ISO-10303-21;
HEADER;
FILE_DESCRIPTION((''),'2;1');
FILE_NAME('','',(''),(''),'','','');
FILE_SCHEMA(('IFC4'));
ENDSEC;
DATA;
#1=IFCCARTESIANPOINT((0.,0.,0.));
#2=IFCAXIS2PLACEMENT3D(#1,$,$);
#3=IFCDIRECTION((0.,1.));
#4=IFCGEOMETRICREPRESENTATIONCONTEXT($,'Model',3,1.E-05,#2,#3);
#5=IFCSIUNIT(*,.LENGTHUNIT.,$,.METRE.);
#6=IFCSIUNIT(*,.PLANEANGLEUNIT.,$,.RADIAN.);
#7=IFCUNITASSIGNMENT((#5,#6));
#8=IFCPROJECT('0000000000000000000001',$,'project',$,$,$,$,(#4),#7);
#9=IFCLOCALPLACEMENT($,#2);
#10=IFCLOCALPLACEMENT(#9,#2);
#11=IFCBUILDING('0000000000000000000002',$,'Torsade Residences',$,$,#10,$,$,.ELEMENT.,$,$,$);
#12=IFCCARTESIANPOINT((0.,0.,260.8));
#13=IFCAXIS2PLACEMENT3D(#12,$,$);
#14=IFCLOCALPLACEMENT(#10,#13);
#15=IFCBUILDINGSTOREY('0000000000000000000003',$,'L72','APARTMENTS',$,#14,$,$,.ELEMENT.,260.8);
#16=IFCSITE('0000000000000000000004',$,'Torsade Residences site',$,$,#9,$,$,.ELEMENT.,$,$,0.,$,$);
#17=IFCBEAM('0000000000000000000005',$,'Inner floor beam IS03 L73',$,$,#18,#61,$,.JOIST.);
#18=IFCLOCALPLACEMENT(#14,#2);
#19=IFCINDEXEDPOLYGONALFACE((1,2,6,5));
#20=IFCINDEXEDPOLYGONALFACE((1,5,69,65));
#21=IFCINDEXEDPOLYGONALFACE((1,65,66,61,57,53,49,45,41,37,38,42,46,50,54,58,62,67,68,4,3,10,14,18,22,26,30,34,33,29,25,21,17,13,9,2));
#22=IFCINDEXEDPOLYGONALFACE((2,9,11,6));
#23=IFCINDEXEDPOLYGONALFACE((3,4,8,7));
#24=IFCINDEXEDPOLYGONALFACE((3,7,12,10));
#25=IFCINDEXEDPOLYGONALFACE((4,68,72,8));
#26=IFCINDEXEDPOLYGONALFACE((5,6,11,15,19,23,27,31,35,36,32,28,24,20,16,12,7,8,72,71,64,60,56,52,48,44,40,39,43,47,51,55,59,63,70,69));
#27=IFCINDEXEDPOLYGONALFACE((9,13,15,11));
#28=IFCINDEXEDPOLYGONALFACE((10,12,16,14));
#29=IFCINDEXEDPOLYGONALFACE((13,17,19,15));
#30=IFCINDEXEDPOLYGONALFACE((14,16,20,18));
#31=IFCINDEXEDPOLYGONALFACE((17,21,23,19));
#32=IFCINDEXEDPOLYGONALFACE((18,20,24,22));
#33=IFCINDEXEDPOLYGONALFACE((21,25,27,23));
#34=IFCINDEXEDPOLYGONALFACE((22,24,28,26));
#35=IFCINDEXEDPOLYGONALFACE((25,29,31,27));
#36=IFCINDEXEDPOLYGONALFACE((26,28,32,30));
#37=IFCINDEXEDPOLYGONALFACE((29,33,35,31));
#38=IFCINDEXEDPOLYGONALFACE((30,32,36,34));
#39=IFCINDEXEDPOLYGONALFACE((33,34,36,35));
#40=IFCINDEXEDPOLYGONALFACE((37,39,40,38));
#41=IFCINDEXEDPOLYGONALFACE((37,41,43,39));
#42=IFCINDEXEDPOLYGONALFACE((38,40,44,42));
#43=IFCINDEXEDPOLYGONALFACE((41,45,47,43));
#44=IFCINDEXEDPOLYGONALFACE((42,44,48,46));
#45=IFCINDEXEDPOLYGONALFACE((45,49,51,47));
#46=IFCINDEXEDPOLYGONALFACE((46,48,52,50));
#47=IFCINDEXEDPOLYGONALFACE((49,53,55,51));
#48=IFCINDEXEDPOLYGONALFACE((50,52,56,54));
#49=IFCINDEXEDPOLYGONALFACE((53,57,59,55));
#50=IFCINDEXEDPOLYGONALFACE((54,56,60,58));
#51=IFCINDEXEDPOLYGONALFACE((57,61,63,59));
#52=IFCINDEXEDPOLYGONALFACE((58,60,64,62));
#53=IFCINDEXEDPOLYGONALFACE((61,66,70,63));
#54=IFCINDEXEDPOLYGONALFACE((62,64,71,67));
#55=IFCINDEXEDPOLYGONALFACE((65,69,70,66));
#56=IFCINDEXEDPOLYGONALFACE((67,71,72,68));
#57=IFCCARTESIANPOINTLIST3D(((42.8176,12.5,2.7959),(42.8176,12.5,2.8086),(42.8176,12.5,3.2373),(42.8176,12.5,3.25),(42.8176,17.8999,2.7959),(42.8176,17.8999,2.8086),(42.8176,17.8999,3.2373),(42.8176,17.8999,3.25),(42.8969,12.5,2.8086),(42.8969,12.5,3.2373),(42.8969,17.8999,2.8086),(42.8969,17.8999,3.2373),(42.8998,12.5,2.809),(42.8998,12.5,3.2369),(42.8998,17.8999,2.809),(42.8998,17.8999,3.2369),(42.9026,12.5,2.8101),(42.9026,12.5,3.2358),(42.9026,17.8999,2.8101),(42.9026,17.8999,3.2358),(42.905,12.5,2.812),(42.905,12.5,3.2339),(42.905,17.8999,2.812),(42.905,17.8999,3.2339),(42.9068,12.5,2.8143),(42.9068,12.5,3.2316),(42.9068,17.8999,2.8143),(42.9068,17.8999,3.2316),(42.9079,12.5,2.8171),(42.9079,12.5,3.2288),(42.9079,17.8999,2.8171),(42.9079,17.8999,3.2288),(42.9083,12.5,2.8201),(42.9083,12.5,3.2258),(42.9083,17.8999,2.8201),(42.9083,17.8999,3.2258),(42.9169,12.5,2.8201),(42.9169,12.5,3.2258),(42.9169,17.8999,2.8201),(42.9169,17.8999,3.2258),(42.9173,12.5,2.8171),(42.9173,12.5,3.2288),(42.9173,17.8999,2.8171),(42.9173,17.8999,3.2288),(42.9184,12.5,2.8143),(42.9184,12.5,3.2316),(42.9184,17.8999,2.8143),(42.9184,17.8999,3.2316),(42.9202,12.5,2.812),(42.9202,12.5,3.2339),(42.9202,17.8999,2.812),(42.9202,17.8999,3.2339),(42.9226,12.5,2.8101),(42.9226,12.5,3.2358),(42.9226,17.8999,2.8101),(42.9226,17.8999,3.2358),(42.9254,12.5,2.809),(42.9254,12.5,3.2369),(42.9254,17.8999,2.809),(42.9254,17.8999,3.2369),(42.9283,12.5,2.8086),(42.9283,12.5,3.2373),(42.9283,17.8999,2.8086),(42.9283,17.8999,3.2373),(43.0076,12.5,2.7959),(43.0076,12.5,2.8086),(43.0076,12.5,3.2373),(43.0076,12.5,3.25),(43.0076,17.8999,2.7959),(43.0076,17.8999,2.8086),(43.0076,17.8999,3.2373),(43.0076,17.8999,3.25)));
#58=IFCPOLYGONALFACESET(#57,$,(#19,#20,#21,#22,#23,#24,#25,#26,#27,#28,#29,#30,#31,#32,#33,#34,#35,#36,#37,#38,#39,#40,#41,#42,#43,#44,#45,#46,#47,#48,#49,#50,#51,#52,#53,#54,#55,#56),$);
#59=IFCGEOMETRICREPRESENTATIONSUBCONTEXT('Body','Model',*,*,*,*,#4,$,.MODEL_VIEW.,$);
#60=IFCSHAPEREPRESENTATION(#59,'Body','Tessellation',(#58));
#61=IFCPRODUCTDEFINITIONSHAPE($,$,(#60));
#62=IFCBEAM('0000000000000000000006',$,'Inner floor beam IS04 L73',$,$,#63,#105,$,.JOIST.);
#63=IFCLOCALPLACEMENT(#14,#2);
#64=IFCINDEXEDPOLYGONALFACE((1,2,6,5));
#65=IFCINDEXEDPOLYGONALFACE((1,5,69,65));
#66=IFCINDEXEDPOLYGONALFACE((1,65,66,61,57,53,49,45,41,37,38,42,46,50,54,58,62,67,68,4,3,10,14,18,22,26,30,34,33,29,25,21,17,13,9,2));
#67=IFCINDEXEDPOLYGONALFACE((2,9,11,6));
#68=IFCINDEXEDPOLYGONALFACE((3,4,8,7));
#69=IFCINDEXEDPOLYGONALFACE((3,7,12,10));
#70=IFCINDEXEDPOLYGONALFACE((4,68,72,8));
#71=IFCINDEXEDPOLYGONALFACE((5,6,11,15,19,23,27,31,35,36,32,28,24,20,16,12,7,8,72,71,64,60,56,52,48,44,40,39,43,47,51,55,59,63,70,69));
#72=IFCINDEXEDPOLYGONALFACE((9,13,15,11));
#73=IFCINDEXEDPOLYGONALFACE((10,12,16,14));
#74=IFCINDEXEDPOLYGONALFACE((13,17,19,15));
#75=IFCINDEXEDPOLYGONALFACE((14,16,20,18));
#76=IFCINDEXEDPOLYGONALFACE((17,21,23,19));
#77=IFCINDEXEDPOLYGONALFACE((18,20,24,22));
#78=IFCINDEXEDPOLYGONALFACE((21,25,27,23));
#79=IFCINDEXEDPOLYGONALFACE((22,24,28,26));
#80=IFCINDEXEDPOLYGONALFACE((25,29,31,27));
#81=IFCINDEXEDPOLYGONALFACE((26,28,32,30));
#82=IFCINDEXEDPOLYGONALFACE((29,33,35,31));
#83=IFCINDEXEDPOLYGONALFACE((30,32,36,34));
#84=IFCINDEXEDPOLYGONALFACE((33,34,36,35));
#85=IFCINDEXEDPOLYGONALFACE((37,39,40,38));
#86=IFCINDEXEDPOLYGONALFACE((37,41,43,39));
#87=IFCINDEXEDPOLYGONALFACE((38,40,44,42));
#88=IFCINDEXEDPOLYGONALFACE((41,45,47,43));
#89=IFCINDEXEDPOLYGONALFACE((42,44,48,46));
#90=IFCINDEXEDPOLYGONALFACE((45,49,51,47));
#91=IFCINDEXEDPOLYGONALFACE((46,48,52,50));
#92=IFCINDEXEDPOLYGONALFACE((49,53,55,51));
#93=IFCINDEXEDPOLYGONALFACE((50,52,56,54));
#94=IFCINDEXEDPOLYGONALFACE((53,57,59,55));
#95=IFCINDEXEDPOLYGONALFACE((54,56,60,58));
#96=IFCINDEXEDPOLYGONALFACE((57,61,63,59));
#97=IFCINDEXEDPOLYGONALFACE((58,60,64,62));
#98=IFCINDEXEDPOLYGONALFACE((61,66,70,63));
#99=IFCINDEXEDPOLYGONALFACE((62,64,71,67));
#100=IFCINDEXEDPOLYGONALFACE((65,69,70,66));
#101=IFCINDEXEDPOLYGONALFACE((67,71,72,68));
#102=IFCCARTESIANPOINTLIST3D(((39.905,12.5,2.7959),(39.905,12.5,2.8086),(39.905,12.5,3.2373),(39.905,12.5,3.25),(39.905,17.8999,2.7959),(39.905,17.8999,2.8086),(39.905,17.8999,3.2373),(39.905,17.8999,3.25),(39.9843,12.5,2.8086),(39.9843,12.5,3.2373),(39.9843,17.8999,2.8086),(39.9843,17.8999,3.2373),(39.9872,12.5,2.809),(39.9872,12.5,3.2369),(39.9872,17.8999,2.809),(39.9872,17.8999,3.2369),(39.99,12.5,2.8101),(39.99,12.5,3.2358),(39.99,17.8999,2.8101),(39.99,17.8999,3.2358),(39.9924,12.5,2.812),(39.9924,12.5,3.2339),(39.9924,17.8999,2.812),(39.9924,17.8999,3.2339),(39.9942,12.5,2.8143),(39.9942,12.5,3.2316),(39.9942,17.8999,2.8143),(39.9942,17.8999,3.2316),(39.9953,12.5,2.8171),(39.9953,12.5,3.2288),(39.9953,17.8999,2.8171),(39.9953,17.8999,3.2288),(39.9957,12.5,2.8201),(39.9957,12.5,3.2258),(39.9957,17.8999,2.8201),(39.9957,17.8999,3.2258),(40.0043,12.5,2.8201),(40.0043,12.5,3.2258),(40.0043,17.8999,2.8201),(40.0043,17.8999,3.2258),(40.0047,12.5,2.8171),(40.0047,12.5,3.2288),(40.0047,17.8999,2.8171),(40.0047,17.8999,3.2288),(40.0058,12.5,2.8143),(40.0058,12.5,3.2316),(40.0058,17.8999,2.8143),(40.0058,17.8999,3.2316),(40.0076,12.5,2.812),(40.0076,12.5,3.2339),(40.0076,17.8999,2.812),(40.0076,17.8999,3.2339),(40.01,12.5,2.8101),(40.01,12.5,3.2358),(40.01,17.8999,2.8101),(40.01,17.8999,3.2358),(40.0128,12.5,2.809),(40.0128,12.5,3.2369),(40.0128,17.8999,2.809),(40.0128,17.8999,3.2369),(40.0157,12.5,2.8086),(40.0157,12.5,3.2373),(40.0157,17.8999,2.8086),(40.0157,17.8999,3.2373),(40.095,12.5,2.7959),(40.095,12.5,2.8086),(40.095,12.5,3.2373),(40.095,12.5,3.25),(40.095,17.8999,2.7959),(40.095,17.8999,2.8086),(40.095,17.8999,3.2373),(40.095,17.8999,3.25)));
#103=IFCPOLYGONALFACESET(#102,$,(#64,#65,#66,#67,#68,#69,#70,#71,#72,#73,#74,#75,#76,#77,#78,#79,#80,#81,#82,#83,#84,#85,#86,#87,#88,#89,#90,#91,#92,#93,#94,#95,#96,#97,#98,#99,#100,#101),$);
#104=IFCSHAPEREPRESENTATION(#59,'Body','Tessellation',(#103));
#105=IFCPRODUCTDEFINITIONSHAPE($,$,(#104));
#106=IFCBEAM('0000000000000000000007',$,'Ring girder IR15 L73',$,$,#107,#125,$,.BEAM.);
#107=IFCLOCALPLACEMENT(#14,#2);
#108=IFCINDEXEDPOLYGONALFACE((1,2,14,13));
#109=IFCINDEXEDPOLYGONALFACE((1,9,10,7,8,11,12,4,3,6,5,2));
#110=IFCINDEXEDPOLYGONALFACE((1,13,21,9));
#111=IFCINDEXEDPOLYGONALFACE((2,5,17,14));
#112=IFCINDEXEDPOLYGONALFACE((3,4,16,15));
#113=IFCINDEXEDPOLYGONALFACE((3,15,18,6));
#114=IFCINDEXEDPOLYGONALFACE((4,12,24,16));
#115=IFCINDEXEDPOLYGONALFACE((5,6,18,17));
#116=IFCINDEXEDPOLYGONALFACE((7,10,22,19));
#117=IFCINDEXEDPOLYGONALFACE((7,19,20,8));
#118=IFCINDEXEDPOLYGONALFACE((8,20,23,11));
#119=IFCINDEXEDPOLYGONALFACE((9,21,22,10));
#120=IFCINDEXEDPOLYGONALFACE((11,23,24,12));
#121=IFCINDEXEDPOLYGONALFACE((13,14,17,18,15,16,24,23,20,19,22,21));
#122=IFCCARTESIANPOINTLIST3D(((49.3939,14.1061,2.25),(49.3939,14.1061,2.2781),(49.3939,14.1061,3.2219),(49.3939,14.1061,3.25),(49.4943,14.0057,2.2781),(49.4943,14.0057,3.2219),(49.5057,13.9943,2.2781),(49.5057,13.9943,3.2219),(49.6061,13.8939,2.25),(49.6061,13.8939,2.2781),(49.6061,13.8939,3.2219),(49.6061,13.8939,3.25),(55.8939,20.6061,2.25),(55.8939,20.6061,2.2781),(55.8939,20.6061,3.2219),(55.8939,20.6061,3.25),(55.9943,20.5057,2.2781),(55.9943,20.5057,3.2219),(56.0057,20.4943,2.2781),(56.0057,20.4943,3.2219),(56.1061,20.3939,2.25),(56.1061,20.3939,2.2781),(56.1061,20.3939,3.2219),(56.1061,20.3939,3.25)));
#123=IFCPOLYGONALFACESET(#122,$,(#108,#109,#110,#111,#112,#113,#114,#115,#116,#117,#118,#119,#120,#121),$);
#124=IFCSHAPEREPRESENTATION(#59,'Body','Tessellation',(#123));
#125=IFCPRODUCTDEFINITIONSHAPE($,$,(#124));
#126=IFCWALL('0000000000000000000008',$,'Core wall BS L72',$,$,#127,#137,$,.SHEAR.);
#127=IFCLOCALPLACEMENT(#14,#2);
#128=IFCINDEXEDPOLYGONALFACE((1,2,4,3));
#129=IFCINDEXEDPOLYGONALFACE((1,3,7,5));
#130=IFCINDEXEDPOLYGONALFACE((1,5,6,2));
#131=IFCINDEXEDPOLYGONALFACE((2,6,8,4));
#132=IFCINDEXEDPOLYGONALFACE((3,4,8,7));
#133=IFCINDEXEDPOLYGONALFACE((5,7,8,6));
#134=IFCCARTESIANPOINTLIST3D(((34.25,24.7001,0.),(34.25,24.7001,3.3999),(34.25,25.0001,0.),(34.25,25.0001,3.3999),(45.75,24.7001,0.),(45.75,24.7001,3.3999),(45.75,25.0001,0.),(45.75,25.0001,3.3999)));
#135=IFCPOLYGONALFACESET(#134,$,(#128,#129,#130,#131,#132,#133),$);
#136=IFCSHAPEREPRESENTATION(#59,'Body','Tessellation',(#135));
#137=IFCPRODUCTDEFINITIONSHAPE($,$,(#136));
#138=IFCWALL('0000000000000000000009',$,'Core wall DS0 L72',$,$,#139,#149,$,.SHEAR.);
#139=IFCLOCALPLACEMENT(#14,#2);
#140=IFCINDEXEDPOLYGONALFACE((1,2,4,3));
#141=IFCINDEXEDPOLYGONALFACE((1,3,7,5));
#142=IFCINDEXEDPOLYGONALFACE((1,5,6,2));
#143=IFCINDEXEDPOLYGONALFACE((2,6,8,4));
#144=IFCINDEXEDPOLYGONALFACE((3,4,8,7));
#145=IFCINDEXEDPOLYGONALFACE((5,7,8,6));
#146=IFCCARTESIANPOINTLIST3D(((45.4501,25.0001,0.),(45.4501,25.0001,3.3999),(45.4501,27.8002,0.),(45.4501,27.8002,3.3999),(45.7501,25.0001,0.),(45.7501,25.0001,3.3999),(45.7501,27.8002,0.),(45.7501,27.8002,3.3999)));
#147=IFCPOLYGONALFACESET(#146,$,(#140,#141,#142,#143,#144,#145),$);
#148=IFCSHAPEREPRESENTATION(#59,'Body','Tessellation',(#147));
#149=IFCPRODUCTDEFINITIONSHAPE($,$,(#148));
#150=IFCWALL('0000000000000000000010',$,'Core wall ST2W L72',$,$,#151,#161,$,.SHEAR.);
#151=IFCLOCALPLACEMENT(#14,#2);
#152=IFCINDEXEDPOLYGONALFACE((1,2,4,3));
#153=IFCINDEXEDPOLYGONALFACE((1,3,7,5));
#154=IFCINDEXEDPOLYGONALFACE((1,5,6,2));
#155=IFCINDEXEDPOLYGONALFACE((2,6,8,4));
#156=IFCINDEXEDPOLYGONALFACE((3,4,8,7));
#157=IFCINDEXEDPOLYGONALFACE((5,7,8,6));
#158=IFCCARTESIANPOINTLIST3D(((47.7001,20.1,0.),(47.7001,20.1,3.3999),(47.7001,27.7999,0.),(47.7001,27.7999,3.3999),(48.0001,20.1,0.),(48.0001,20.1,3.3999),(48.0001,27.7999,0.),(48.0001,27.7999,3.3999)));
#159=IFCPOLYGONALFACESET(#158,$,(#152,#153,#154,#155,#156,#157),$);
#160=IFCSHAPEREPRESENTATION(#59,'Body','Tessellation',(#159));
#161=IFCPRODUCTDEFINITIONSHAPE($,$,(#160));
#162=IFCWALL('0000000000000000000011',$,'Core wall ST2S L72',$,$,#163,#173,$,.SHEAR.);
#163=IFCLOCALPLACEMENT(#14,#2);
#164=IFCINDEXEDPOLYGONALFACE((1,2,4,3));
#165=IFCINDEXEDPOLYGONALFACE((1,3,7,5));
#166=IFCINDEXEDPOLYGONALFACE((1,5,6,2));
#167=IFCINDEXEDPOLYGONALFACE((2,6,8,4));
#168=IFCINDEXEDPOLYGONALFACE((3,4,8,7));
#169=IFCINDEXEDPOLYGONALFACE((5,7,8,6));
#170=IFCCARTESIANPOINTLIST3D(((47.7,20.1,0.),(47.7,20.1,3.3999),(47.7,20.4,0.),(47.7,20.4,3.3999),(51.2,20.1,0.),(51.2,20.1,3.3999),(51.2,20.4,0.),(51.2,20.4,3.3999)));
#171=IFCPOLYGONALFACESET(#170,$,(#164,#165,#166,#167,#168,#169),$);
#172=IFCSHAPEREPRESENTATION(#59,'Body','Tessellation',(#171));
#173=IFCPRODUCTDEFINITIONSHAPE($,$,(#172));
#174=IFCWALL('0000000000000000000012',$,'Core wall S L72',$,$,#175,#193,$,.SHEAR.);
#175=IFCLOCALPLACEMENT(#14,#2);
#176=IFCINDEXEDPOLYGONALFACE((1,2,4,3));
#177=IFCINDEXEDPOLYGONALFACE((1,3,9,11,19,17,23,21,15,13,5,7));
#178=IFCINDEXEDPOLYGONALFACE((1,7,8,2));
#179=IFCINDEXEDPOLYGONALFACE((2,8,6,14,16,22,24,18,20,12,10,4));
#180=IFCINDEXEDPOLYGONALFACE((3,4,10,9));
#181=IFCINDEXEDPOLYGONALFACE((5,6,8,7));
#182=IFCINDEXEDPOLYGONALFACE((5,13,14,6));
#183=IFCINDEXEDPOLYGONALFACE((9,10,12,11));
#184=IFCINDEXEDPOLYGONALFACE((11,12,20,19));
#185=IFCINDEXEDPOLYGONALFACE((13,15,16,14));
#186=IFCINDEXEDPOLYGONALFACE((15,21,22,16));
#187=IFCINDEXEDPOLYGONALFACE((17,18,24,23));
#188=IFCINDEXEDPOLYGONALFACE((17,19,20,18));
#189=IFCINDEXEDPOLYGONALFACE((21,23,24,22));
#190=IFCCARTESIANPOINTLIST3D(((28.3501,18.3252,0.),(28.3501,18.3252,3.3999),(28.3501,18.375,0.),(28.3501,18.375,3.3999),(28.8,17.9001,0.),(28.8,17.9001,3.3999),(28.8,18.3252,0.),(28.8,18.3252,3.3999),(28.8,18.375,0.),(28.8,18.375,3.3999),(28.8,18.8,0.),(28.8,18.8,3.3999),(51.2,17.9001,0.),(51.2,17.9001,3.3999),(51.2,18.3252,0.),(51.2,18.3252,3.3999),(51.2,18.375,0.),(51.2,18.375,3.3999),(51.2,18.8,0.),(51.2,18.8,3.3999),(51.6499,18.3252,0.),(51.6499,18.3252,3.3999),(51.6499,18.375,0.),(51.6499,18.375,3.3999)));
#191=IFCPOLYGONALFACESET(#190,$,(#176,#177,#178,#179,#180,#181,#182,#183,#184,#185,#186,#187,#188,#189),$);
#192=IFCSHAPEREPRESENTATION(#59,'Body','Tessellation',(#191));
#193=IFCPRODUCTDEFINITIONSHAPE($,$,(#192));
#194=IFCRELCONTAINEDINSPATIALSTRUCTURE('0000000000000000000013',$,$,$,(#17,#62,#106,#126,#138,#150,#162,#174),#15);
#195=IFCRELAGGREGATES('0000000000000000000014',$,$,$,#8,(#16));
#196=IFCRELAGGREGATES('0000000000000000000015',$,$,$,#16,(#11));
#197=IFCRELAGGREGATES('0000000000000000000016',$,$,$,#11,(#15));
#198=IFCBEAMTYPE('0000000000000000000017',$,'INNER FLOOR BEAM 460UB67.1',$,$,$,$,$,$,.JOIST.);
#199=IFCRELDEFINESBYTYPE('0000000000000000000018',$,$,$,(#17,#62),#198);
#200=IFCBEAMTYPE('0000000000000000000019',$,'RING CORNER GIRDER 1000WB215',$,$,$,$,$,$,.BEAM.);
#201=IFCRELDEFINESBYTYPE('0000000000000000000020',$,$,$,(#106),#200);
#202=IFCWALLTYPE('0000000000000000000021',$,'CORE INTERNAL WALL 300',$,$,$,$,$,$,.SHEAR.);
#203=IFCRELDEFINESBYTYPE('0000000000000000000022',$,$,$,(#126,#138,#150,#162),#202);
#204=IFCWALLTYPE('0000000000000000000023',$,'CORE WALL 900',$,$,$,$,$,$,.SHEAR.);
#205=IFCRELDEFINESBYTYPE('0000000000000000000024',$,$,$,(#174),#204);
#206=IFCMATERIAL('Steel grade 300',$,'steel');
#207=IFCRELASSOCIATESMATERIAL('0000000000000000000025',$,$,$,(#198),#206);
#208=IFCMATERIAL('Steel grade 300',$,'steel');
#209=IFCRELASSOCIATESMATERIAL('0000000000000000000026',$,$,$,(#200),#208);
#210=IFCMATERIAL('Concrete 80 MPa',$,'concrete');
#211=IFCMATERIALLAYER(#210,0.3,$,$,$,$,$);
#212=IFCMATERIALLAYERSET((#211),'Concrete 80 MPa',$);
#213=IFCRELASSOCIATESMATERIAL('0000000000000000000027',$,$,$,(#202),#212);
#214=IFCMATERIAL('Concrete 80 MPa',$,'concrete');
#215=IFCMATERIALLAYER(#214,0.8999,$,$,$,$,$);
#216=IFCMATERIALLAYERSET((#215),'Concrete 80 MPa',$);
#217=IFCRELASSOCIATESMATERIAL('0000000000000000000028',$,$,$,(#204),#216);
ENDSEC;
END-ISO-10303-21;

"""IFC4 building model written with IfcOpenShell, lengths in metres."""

from ifc_helpers import new_model, si_unit, direction, frame, frame_2d, origin, origin_2d, place, context, subcontext, project, spatial, polyline, rectangle, i_section, outline, extrude, material, layer, layer_set, material_profile, profile_set, type_object, element, save


model = new_model("IFC4")

# Units and contexts
model_context = context("Model", 3, precision=1e-05, world=origin(), true_north=direction((0.0, 1.0)))
body_context = subcontext(model_context, "Body", "Model", "MODEL_VIEW")
ifc_project = project(units=[si_unit("LENGTHUNIT", "METRE"), si_unit("PLANEANGLEUNIT", "RADIAN")], contexts=[model_context])

# Site, building, storey
site_placement = place(None, origin())
site = spatial("IfcSite", under=ifc_project, at=site_placement, Name="Torsade Residences site", CompositionType="ELEMENT", RefElevation=0.0)
building_placement = place(site_placement, origin())
building = spatial("IfcBuilding", under=site, at=building_placement, Name="Torsade Residences", CompositionType="ELEMENT")
storey_placement = place(building_placement, frame((0.0, 0.0, 260.8)))
storey = spatial("IfcBuildingStorey", under=building, at=storey_placement, Name="L72", Description="APARTMENTS", CompositionType="ELEMENT", Elevation=260.8)

# Beams
ifc_material_1 = material(Name="Steel grade 300", Category="steel")
ifc_material_profile_1 = material_profile(ifc_material_1, i_section(OverallWidth=0.1899, OverallDepth=0.4541, WebThickness=0.0085, FlangeThickness=0.0127, FilletRadius=0.0115, at=origin_2d()), Name="460UB67.1")
ifc_profile_set_1 = profile_set([ifc_material_profile_1], Name="Steel grade 300")
beam_type_1 = type_object("IfcBeamType", Name="INNER FLOOR BEAM 460UB67.1", PredefinedType="JOIST", material=ifc_profile_set_1)
for number, where, z_axis, x_axis, name in (
    (1, (42.9126, 17.8999, 3.0229), (0.0, -1.0, 0.0), (1.0, 0.0, 0.0), "Inner floor beam IS03 L73"),
    (2, (40.0, 17.8999, 3.0229), (0.0, -1.0, 0.0), (1.0, 0.0, 0.0), "Inner floor beam IS04 L73"),
):
    element("IfcBeam", number, at=place(storey_placement, frame(where, z_axis=z_axis, x_axis=x_axis)), inside=storey, type_object=beam_type_1, Name=name, PredefinedType="JOIST", context=body_context, shape_type="SweptSolid", body=[
        extrude(i_section(OverallWidth=0.1899, OverallDepth=0.4541, WebThickness=0.0085, FlangeThickness=0.0127, FilletRadius=0.0115, at=origin_2d()), origin(), (0.0, 0.0, 1.0), 5.3999),
    ])
ifc_material_2 = material(Name="Steel grade 300", Category="steel")
ifc_material_profile_2 = material_profile(ifc_material_2, i_section(OverallWidth=0.3, OverallDepth=1.0, WebThickness=0.0161, FlangeThickness=0.0281, at=origin_2d()), Name="1000WB215")
ifc_profile_set_2 = profile_set([ifc_material_profile_2], Name="Steel grade 300")
beam_type_2 = type_object("IfcBeamType", Name="RING CORNER GIRDER 1000WB215", PredefinedType="BEAM", material=ifc_profile_set_2)
beam_1_placement = place(storey_placement, frame((49.5, 14.0, 2.75), z_axis=(0.707107, 0.707107, 0.0), x_axis=(-0.707107, 0.707107, 0.0)))
element("IfcBeam", 3, at=beam_1_placement, inside=storey, type_object=beam_type_2, Name="Ring girder IR15 L73", PredefinedType="BEAM", context=body_context, shape_type="SweptSolid", body=[
    extrude(i_section(OverallWidth=0.3, OverallDepth=1.0, WebThickness=0.0161, FlangeThickness=0.0281, at=origin_2d()), origin(), (0.0, 0.0, 1.0), 9.1924),
])

# Walls
ifc_material_3 = material(Name="Concrete 80 MPa", Category="concrete")
ifc_layer_1 = layer(ifc_material_3, 0.3)
ifc_layer_set_1 = layer_set([ifc_layer_1], Name="Concrete 80 MPa")
wall_type_1 = type_object("IfcWallType", Name="CORE INTERNAL WALL 300", PredefinedType="SHEAR", material=ifc_layer_set_1)
wall_1_placement = place(storey_placement, frame((45.75, 24.8501, 0.0), z_axis=(0.0, 0.0, 1.0), x_axis=(-1.0, 0.0, 0.0)))
element("IfcWall", 4, at=wall_1_placement, inside=storey, type_object=wall_type_1, Name="Core wall BS L72", PredefinedType="SHEAR", context=body_context, shape_type="SweptSolid", body=[
    extrude(rectangle(XDim=11.5, YDim=0.3, at=frame_2d((5.75, 0.0))), origin(), (0.0, 0.0, 1.0), 3.3999),
])
wall_2_placement = place(storey_placement, frame((45.6001, 27.8, 0.0), z_axis=(0.0, 0.0, 1.0), x_axis=(0.0, -1.0, 0.0)))
element("IfcWall", 5, at=wall_2_placement, inside=storey, type_object=wall_type_1, Name="Core wall DS0 L72", PredefinedType="SHEAR", context=body_context, shape_type="SweptSolid", body=[
    extrude(rectangle(XDim=2.8, YDim=0.3, at=frame_2d((1.3999, 0.0))), origin(), (0.0, 0.0, 1.0), 3.3999),
])
wall_3_placement = place(storey_placement, frame((47.8501, 27.8, 0.0), z_axis=(0.0, 0.0, 1.0), x_axis=(0.0, -1.0, 0.0)))
element("IfcWall", 6, at=wall_3_placement, inside=storey, type_object=wall_type_1, Name="Core wall ST2W L72", PredefinedType="SHEAR", context=body_context, shape_type="SweptSolid", body=[
    extrude(rectangle(XDim=7.7, YDim=0.3, at=frame_2d((3.8501, 0.0))), origin(), (0.0, 0.0, 1.0), 3.3999),
])
wall_4_placement = place(storey_placement, frame((51.2, 20.25, 0.0), z_axis=(0.0, 0.0, 1.0), x_axis=(-1.0, 0.0, 0.0)))
element("IfcWall", 7, at=wall_4_placement, inside=storey, type_object=wall_type_1, Name="Core wall ST2S L72", PredefinedType="SHEAR", context=body_context, shape_type="SweptSolid", body=[
    extrude(rectangle(XDim=3.5, YDim=0.3, at=frame_2d((1.75, 0.0))), origin(), (0.0, 0.0, 1.0), 3.3999),
])
ifc_material_4 = material(Name="Concrete 80 MPa", Category="concrete")
ifc_layer_2 = layer(ifc_material_4, 0.8999)
ifc_layer_set_2 = layer_set([ifc_layer_2], Name="Concrete 80 MPa")
wall_type_2 = type_object("IfcWallType", Name="CORE WALL 900", PredefinedType="SHEAR", material=ifc_layer_set_2)
wall_5_placement = place(storey_placement, frame((51.2, 18.3501, 0.0), z_axis=(0.0, 0.0, 1.0), x_axis=(-1.0, 0.0, 0.0)))
element("IfcWall", 8, at=wall_5_placement, inside=storey, type_object=wall_type_2, Name="Core wall S L72", PredefinedType="SHEAR", context=body_context, shape_type="SweptSolid", body=[
    extrude(outline(polyline([(0.0, -0.45), (22.3999, -0.45), (22.3999, -0.0249), (22.8499, -0.0249), (22.8499, 0.0249), (22.3999, 0.0249), (22.3999, 0.45), (0.0, 0.45), (0.0, 0.0249), (-0.45, 0.0249), (-0.45, -0.0249), (0.0, -0.0249), (0.0, -0.45)])), origin(), (0.0, 0.0, 1.0), 3.3999),
])

save(model, "model.ifc")
